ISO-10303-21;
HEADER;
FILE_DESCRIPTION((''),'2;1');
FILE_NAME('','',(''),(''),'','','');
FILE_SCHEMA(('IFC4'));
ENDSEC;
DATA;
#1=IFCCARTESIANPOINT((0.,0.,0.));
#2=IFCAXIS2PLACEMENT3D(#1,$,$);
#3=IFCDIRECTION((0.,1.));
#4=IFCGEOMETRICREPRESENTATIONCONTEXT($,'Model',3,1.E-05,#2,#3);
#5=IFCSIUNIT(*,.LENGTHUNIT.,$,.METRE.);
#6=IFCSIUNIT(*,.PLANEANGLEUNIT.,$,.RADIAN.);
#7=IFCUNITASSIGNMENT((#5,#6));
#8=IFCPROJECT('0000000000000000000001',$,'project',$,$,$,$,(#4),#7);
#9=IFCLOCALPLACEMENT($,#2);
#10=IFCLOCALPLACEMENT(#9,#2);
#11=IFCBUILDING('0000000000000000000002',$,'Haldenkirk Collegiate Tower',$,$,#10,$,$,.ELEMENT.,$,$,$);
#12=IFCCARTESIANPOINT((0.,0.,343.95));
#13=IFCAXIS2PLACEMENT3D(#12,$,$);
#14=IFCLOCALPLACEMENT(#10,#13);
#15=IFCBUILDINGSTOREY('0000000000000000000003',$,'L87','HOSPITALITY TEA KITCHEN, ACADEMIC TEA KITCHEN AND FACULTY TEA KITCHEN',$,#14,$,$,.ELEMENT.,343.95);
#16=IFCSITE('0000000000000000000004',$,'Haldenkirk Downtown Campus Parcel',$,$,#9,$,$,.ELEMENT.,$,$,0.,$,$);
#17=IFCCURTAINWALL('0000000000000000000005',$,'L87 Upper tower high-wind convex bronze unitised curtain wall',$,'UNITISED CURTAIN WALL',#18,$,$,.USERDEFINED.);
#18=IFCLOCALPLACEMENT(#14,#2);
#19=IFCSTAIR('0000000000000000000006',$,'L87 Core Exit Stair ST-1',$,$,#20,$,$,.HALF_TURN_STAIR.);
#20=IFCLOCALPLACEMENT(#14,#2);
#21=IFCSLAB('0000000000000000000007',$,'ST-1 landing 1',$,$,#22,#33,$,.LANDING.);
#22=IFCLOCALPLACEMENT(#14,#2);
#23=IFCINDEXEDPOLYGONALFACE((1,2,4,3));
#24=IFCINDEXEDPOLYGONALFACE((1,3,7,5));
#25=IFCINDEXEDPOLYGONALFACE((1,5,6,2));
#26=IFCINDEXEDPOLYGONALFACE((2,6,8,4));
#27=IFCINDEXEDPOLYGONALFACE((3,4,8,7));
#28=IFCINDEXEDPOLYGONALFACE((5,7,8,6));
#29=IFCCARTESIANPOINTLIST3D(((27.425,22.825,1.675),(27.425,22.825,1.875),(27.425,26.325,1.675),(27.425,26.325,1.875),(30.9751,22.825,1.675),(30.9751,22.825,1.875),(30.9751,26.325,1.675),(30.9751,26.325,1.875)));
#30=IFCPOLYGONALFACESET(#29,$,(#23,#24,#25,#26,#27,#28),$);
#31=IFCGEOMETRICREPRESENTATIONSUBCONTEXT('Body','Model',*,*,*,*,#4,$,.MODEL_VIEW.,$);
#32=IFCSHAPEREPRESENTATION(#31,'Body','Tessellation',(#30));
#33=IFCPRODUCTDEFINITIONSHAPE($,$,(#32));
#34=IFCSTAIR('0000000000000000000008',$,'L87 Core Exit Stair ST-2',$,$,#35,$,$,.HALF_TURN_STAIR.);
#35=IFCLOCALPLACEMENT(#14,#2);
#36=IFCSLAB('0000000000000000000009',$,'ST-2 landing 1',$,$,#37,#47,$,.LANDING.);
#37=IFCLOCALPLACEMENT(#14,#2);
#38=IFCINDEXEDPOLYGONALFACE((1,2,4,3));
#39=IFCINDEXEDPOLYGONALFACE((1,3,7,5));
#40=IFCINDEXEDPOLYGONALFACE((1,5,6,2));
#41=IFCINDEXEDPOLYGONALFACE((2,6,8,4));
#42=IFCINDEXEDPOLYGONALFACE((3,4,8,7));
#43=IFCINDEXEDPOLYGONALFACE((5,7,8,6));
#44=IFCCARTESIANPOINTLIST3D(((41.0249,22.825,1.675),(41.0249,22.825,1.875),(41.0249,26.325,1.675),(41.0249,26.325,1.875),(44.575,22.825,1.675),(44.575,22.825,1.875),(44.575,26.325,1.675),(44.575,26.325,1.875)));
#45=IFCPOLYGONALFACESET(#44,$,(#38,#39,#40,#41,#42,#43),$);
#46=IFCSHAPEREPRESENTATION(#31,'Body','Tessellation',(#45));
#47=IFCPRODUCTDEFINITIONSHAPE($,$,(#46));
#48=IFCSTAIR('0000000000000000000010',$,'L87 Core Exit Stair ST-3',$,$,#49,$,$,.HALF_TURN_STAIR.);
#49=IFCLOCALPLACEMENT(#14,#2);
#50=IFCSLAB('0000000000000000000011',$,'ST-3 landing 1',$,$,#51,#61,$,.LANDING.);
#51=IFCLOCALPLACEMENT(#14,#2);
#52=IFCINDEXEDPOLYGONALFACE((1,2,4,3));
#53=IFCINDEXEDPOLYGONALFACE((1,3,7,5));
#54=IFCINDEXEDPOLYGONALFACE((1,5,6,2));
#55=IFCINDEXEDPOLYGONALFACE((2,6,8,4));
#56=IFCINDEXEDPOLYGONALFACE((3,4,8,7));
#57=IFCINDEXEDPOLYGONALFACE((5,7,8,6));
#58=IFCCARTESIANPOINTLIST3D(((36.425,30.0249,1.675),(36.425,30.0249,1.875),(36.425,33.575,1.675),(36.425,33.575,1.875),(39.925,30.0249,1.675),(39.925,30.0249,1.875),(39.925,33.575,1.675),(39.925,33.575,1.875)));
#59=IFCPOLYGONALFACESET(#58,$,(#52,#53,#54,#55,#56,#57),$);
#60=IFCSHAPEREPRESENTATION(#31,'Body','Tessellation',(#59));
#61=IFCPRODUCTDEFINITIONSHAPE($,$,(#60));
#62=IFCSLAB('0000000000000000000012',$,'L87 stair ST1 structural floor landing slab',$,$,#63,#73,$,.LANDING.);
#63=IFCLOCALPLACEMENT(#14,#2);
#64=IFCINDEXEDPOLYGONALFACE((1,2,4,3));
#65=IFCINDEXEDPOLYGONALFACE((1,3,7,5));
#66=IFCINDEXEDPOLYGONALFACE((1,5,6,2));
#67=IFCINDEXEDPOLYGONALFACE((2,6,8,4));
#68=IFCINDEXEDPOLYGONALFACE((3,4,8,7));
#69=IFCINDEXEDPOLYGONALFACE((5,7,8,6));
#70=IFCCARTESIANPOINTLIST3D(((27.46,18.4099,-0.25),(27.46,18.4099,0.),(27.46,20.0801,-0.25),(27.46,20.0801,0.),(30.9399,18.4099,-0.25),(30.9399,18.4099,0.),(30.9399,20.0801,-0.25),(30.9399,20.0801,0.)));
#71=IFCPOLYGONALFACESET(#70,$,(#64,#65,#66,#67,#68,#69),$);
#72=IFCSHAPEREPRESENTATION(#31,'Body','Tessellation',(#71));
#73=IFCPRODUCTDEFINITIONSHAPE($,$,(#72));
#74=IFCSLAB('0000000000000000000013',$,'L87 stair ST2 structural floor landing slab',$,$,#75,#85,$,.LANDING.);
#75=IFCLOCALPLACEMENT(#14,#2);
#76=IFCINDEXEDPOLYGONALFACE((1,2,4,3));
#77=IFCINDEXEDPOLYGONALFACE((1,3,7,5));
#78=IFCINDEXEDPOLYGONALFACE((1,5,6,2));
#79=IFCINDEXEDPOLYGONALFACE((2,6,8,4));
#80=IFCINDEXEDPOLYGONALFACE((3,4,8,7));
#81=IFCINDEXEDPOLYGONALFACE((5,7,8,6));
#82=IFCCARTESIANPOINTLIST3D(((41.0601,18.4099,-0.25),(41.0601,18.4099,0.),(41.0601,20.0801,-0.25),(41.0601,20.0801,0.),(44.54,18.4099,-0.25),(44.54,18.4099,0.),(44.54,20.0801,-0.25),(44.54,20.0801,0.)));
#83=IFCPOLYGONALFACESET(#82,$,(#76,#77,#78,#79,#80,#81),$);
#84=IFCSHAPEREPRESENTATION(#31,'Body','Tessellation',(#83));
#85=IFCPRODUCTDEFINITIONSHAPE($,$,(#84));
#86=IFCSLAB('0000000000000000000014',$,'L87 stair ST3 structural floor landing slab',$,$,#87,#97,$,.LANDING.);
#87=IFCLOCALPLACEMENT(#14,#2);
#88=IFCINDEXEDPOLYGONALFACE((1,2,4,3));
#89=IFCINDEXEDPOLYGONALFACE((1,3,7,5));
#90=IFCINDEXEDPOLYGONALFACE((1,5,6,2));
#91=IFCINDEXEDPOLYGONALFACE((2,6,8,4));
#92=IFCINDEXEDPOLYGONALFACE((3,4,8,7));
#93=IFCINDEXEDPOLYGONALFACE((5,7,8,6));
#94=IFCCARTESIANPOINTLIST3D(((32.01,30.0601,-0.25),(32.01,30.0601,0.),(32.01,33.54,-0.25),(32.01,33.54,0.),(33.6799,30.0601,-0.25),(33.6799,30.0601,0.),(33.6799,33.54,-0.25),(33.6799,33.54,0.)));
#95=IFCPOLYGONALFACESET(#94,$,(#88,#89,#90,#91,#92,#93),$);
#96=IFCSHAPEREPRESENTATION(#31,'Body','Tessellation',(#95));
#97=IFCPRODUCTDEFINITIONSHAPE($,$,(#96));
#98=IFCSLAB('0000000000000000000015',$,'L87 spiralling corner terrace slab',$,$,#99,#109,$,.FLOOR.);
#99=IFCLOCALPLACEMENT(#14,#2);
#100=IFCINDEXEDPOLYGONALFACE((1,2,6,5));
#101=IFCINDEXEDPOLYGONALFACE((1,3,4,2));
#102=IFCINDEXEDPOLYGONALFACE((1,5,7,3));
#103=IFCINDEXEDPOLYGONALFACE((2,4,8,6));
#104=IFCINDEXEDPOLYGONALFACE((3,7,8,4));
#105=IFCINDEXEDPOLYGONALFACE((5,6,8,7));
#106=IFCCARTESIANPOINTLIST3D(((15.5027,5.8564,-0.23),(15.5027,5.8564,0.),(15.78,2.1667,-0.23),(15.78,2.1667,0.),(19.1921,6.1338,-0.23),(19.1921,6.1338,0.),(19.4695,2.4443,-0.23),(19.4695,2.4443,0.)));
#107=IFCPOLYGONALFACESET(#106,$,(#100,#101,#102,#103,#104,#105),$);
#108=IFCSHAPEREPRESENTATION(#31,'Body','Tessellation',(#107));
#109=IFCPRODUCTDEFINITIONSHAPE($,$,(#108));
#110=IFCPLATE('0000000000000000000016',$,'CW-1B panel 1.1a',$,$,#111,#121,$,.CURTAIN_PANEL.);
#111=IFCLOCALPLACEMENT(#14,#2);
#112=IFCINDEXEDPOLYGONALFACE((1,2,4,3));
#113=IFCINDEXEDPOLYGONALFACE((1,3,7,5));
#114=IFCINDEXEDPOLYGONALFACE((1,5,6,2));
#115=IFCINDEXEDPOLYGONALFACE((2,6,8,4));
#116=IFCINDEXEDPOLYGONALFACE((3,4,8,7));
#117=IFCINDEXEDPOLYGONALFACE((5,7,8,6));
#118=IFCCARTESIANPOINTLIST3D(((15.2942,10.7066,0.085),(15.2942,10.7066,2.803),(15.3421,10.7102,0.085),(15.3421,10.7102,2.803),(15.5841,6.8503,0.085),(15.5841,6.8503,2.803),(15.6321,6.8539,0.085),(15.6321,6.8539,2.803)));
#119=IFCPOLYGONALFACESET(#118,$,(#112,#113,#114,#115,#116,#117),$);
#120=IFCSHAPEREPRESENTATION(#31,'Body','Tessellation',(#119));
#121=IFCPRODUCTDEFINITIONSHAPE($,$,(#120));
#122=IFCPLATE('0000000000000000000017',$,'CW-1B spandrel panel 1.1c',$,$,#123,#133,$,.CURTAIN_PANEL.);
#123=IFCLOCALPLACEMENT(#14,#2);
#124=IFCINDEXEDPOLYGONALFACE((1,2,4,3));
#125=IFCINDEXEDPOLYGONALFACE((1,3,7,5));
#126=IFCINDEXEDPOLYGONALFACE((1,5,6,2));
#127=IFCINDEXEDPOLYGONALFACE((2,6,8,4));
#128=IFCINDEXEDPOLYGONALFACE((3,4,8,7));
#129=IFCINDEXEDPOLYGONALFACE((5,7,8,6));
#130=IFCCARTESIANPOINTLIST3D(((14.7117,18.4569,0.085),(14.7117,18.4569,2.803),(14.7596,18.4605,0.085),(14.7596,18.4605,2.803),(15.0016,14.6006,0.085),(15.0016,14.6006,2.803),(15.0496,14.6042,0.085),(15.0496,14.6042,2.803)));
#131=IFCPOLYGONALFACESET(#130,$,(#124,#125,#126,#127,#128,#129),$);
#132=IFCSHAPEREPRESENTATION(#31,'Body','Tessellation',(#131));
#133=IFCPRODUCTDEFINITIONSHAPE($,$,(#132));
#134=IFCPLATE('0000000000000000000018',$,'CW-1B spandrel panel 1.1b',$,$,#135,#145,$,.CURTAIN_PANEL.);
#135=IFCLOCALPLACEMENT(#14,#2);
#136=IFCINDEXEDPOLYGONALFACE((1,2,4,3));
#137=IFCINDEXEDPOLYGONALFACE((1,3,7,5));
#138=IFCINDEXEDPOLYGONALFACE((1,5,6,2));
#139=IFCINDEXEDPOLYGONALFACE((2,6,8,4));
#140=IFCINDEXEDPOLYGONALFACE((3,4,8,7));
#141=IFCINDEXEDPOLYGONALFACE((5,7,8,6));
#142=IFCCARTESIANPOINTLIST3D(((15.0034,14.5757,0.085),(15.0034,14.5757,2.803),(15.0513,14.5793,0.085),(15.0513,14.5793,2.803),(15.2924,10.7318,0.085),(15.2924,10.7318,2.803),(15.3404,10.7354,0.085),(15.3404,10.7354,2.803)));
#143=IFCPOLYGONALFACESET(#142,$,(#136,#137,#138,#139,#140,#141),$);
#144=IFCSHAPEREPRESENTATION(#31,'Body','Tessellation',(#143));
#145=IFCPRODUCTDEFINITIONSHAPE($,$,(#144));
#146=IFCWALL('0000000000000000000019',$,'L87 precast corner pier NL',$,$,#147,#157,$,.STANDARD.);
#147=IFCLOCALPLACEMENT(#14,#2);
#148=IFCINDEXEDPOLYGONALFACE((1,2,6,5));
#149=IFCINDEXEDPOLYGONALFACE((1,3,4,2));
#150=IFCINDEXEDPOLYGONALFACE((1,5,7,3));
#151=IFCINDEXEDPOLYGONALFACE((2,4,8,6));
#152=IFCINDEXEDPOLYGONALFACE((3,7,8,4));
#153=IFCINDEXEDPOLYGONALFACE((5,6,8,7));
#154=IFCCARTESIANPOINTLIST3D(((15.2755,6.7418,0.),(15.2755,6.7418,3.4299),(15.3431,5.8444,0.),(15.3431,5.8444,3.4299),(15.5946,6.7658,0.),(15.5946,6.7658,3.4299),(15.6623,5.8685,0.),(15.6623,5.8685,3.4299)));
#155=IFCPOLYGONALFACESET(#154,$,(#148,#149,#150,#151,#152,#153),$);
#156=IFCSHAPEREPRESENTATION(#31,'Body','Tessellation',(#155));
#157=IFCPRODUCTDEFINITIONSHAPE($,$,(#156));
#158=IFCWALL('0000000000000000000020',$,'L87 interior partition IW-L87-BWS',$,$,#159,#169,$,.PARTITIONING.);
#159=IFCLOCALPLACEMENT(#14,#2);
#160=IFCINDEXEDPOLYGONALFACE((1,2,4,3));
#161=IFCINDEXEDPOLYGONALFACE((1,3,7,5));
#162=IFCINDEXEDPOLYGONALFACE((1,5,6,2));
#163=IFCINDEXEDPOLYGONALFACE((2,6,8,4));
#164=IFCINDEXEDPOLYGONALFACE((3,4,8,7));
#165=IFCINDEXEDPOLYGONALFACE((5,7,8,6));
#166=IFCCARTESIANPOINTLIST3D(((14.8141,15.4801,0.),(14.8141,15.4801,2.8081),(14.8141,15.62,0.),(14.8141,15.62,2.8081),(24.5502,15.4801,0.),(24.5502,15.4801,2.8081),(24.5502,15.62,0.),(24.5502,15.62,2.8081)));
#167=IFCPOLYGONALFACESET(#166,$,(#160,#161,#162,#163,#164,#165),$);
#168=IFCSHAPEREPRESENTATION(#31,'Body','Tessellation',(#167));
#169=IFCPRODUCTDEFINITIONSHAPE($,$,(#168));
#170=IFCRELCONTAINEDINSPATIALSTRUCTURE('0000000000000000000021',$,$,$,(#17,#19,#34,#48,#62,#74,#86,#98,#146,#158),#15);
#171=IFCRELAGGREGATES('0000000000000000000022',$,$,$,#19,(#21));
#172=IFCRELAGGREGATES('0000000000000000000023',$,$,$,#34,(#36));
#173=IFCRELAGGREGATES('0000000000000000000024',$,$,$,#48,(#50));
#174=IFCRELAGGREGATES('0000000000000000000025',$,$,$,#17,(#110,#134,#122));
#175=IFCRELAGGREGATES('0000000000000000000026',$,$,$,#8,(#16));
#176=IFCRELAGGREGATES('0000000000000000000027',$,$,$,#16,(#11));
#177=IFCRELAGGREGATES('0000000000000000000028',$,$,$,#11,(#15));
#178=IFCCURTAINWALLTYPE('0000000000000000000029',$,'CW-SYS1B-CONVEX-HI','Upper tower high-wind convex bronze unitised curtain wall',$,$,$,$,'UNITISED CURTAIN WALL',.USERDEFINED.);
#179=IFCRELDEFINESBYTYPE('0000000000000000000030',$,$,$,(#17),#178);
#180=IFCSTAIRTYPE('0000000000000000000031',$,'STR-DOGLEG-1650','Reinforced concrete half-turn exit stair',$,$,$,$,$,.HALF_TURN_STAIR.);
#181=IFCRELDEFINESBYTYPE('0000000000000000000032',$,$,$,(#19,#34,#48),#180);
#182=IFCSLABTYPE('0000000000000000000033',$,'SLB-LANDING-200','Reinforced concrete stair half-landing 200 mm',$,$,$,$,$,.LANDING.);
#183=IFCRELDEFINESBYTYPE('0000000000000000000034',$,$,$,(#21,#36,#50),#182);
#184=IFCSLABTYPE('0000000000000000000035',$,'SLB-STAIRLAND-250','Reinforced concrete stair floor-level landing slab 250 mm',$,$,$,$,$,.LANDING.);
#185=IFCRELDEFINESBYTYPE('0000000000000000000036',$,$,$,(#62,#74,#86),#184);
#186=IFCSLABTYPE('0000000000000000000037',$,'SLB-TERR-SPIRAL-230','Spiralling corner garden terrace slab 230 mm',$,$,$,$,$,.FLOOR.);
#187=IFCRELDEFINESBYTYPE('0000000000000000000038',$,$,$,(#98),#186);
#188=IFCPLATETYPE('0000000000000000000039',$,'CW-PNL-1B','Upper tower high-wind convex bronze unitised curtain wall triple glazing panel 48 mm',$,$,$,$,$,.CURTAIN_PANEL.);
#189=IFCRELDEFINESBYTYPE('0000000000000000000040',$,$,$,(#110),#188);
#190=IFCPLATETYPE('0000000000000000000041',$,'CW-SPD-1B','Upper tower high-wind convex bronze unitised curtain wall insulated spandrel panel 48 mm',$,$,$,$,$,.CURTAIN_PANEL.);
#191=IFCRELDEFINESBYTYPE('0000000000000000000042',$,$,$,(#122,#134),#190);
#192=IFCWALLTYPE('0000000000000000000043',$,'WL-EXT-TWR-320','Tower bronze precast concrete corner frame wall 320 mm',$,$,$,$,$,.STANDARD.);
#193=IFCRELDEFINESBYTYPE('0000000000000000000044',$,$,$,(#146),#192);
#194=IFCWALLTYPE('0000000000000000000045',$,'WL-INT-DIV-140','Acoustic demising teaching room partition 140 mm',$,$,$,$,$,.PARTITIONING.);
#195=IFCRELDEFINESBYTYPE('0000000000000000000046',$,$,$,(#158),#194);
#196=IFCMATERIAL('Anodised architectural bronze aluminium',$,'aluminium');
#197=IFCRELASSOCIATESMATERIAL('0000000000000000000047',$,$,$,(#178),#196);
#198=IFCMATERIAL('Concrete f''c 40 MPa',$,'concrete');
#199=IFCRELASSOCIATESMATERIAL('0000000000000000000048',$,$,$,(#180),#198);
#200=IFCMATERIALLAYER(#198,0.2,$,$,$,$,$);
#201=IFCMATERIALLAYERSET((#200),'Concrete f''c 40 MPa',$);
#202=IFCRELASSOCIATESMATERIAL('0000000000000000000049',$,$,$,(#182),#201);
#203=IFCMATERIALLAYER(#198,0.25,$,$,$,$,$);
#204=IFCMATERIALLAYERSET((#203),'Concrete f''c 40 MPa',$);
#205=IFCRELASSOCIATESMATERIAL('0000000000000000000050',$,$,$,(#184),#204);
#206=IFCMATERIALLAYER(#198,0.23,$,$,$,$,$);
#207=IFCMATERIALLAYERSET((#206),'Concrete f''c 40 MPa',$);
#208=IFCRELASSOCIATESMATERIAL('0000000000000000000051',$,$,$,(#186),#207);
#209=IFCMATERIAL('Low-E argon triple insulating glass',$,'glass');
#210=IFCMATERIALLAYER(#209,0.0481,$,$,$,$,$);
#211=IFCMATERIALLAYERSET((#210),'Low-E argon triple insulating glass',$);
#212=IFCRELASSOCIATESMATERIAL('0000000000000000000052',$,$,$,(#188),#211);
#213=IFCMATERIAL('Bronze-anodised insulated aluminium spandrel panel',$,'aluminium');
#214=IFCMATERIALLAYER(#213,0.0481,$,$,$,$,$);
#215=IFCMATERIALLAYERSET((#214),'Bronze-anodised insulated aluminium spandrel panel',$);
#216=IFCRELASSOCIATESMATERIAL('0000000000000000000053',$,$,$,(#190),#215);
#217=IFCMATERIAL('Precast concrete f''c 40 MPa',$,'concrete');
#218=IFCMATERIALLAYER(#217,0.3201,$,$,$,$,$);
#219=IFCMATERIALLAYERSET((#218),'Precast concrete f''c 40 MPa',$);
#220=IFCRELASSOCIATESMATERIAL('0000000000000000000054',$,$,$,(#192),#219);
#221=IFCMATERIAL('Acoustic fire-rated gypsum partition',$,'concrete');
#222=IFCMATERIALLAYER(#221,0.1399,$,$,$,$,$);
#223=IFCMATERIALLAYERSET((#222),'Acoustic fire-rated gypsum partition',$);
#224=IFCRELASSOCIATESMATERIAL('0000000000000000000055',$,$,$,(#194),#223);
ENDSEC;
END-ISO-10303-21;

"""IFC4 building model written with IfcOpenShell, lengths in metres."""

from ifc_helpers import new_model, si_unit, direction, frame, frame_2d, origin, origin_2d, place, context, subcontext, project, spatial, polyline, rectangle, outline, extrude, source, transform, mapped, material, layer, layer_set, type_object, element, aggregate, save


model = new_model("IFC4")

# Units and contexts
model_context = context("Model", 3, precision=1e-05, world=origin(), true_north=direction((0.0, 1.0)))
body_context = subcontext(model_context, "Body", "Model", "MODEL_VIEW")
ifc_project = project(units=[si_unit("LENGTHUNIT", "METRE"), si_unit("PLANEANGLEUNIT", "RADIAN")], contexts=[model_context])

# Site, building, storey
site_placement = place(None, origin())
site = spatial("IfcSite", under=ifc_project, at=site_placement, Name="Haldenkirk Downtown Campus Parcel", CompositionType="ELEMENT", RefElevation=0.0)
building_placement = place(site_placement, origin())
building = spatial("IfcBuilding", under=site, at=building_placement, Name="Haldenkirk Collegiate Tower", CompositionType="ELEMENT")
storey_placement = place(building_placement, frame((0.0, 0.0, 343.95)))
storey = spatial("IfcBuildingStorey", under=building, at=storey_placement, Name="L87", Description="HOSPITALITY TEA KITCHEN, ACADEMIC TEA KITCHEN AND FACULTY TEA KITCHEN", CompositionType="ELEMENT", Elevation=343.95)

# Curtain wall
ifc_material_1 = material(Name="Anodised architectural bronze aluminium", Category="aluminium")
curtain_wall_type = type_object("IfcCurtainWallType", Name="CW-SYS1B-CONVEX-HI", Description="Upper tower high-wind convex bronze unitised curtain wall", ElementType="UNITISED CURTAIN WALL", PredefinedType="USERDEFINED", material=ifc_material_1)
curtain_wall_placement = place(storey_placement, origin())
curtain_wall = element("IfcCurtainWall", 1, at=curtain_wall_placement, inside=storey, type_object=curtain_wall_type, Name="L87 Upper tower high-wind convex bronze unitised curtain wall", ObjectType="UNITISED CURTAIN WALL", PredefinedType="USERDEFINED")

# Shared definitions
ifc_material_2 = material(Name="Concrete f'c 40 MPa", Category="concrete")

# Stairs, slabs
stair_type = type_object("IfcStairType", Name="STR-DOGLEG-1650", Description="Reinforced concrete half-turn exit stair", PredefinedType="HALF_TURN_STAIR", material=ifc_material_2)
stair_1_placement = place(storey_placement, origin())
stair_1 = element("IfcStair", 2, at=stair_1_placement, inside=storey, type_object=stair_type, Name="L87 Core Exit Stair ST-1", PredefinedType="HALF_TURN_STAIR")
ifc_layer_1 = layer(ifc_material_2, 0.2)
ifc_layer_set_1 = layer_set([ifc_layer_1], Name="Concrete f'c 40 MPa")
slab_type_1 = type_object("IfcSlabType", Name="SLB-LANDING-200", Description="Reinforced concrete stair half-landing 200 mm", PredefinedType="LANDING", material=ifc_layer_set_1)
slab_1_placement = place(storey_placement, frame((0.0, 0.0, 1.675)))
slab_1 = element("IfcSlab", 3, at=slab_1_placement, type_object=slab_type_1, Name="ST-1 landing 1", PredefinedType="LANDING", context=body_context, shape_type="SweptSolid", body=[
    extrude(outline(polyline([(30.9751, 22.825), (27.425, 22.825), (27.425, 26.325), (30.9751, 26.325), (30.9751, 22.825)])), origin(), (0.0, 0.0, 1.0), 0.2),
])
aggregate(stair_1, [slab_1])
stair_2_placement = place(storey_placement, origin())
stair_2 = element("IfcStair", 4, at=stair_2_placement, inside=storey, type_object=stair_type, Name="L87 Core Exit Stair ST-2", PredefinedType="HALF_TURN_STAIR")
slab_2_placement = place(storey_placement, frame((0.0, 0.0, 1.675)))
slab_2 = element("IfcSlab", 5, at=slab_2_placement, type_object=slab_type_1, Name="ST-2 landing 1", PredefinedType="LANDING", context=body_context, shape_type="SweptSolid", body=[
    extrude(outline(polyline([(44.575, 22.825), (41.0249, 22.825), (41.0249, 26.325), (44.575, 26.325), (44.575, 22.825)])), origin(), (0.0, 0.0, 1.0), 0.2),
])
aggregate(stair_2, [slab_2])
stair_3_placement = place(storey_placement, origin())
stair_3 = element("IfcStair", 6, at=stair_3_placement, inside=storey, type_object=stair_type, Name="L87 Core Exit Stair ST-3", PredefinedType="HALF_TURN_STAIR")
slab_3_placement = place(storey_placement, frame((0.0, 0.0, 1.675)))
slab_3 = element("IfcSlab", 7, at=slab_3_placement, type_object=slab_type_1, Name="ST-3 landing 1", PredefinedType="LANDING", context=body_context, shape_type="SweptSolid", body=[
    extrude(outline(polyline([(36.425, 30.0249), (36.425, 33.575), (39.925, 33.575), (39.925, 30.0249), (36.425, 30.0249)])), origin(), (0.0, 0.0, 1.0), 0.2),
])
aggregate(stair_3, [slab_3])

# Slabs
ifc_layer_2 = layer(ifc_material_2, 0.25)
ifc_layer_set_2 = layer_set([ifc_layer_2], Name="Concrete f'c 40 MPa")
slab_type_2 = type_object("IfcSlabType", Name="SLB-STAIRLAND-250", Description="Reinforced concrete stair floor-level landing slab 250 mm", PredefinedType="LANDING", material=ifc_layer_set_2)
slab_4_placement = place(storey_placement, frame((0.0, 0.0, -0.25)))
element("IfcSlab", 8, at=slab_4_placement, inside=storey, type_object=slab_type_2, Name="L87 stair ST1 structural floor landing slab", PredefinedType="LANDING", context=body_context, shape_type="SweptSolid", body=[
    extrude(outline(polyline([(27.46, 18.4099), (30.9399, 18.4099), (30.9399, 20.0801), (27.46, 20.0801), (27.46, 18.4099)])), origin(), (0.0, 0.0, 1.0), 0.25),
])
slab_5_placement = place(storey_placement, frame((0.0, 0.0, -0.25)))
element("IfcSlab", 9, at=slab_5_placement, inside=storey, type_object=slab_type_2, Name="L87 stair ST2 structural floor landing slab", PredefinedType="LANDING", context=body_context, shape_type="SweptSolid", body=[
    extrude(outline(polyline([(41.0601, 18.4099), (44.54, 18.4099), (44.54, 20.0801), (41.0601, 20.0801), (41.0601, 18.4099)])), origin(), (0.0, 0.0, 1.0), 0.25),
])
slab_6_placement = place(storey_placement, frame((0.0, 0.0, -0.25)))
element("IfcSlab", 10, at=slab_6_placement, inside=storey, type_object=slab_type_2, Name="L87 stair ST3 structural floor landing slab", PredefinedType="LANDING", context=body_context, shape_type="SweptSolid", body=[
    extrude(outline(polyline([(32.01, 30.0601), (33.6799, 30.0601), (33.6799, 33.54), (32.01, 33.54), (32.01, 30.0601)])), origin(), (0.0, 0.0, 1.0), 0.25),
])
ifc_layer_3 = layer(ifc_material_2, 0.23)
ifc_layer_set_3 = layer_set([ifc_layer_3], Name="Concrete f'c 40 MPa")
slab_type_3 = type_object("IfcSlabType", Name="SLB-TERR-SPIRAL-230", Description="Spiralling corner garden terrace slab 230 mm", PredefinedType="FLOOR", material=ifc_layer_set_3)
slab_7_placement = place(storey_placement, frame((0.0, 0.0, -0.23)))
element("IfcSlab", 11, at=slab_7_placement, inside=storey, type_object=slab_type_3, Name="L87 spiralling corner terrace slab", PredefinedType="FLOOR", context=body_context, shape_type="SweptSolid", body=[
    extrude(outline(polyline([(19.4695, 2.4443), (19.1921, 6.1338), (15.5027, 5.8564), (15.78, 2.1667), (19.4695, 2.4443)])), origin(), (0.0, 0.0, 1.0), 0.23),
])

# Plates
ifc_material_3 = material(Name="Low-E argon triple insulating glass", Category="glass")
ifc_layer_4 = layer(ifc_material_3, 0.0481)
ifc_layer_set_4 = layer_set([ifc_layer_4], Name="Low-E argon triple insulating glass")
plate_type_1 = type_object("IfcPlateType", Name="CW-PNL-1B", Description="Upper tower high-wind convex bronze unitised curtain wall triple glazing panel 48 mm", PredefinedType="CURTAIN_PANEL", material=ifc_layer_set_4)
shared_shape_1 = source(origin(), body_context, "Body", "SweptSolid", [
    extrude(rectangle(XDim=3.8672, YDim=0.0481, at=origin_2d()), origin(), (0.0, 0.0, 1.0), 2.718),
])
plate_1_placement = place(storey_placement, frame((15.4631, 8.7803, 0.085), z_axis=(0.0, 0.0, 1.0), x_axis=(-0.074977, 0.997185, 0.0)))
plate_1 = element("IfcPlate", 12, at=plate_1_placement, type_object=plate_type_1, Name="CW-1B panel 1.1a", PredefinedType="CURTAIN_PANEL", context=body_context, shape_type="MappedRepresentation", body=[
    mapped(shared_shape_1, transform((0.0, 0.0, 0.0), x_axis=(1.0, 0.0, 0.0), y_axis=(0.0, 1.0, 0.0), z_axis=(0.0, 0.0, 1.0), scale=1.0)),
])
ifc_material_4 = material(Name="Bronze-anodised insulated aluminium spandrel panel", Category="aluminium")
ifc_layer_5 = layer(ifc_material_4, 0.0481)
ifc_layer_set_5 = layer_set([ifc_layer_5], Name="Bronze-anodised insulated aluminium spandrel panel")
plate_type_2 = type_object("IfcPlateType", Name="CW-SPD-1B", Description="Upper tower high-wind convex bronze unitised curtain wall insulated spandrel panel 48 mm", PredefinedType="CURTAIN_PANEL", material=ifc_layer_set_5)
plate_2_placement = place(storey_placement, frame((14.8806, 16.5305, 0.085), z_axis=(0.0, 0.0, 1.0), x_axis=(-0.074977, 0.997185, 0.0)))
plate_2 = element("IfcPlate", 13, at=plate_2_placement, type_object=plate_type_2, Name="CW-1B spandrel panel 1.1c", PredefinedType="CURTAIN_PANEL", context=body_context, shape_type="MappedRepresentation", body=[
    mapped(shared_shape_1, transform((0.0, 0.0, 0.0), x_axis=(1.0, 0.0, 0.0), y_axis=(0.0, 1.0, 0.0), z_axis=(0.0, 0.0, 1.0), scale=1.0)),
])
shared_shape_2 = source(origin(), body_context, "Body", "SweptSolid", [
    extrude(rectangle(XDim=3.8547, YDim=0.0481, at=origin_2d()), origin(), (0.0, 0.0, 1.0), 2.718),
])
plate_3_placement = place(storey_placement, frame((15.1719, 12.6555, 0.085), z_axis=(0.0, 0.0, 1.0), x_axis=(-0.074977, 0.997185, 0.0)))
plate_3 = element("IfcPlate", 14, at=plate_3_placement, type_object=plate_type_2, Name="CW-1B spandrel panel 1.1b", PredefinedType="CURTAIN_PANEL", context=body_context, shape_type="MappedRepresentation", body=[
    mapped(shared_shape_2, transform((0.0, 0.0, 0.0), x_axis=(1.0, 0.0, 0.0), y_axis=(0.0, 1.0, 0.0), z_axis=(0.0, 0.0, 1.0), scale=1.0)),
])
aggregate(curtain_wall, [plate_1, plate_3, plate_2])

# Walls
ifc_material_5 = material(Name="Precast concrete f'c 40 MPa", Category="concrete")
ifc_layer_6 = layer(ifc_material_5, 0.3201)
ifc_layer_set_6 = layer_set([ifc_layer_6], Name="Precast concrete f'c 40 MPa")
wall_type_1 = type_object("IfcWallType", Name="WL-EXT-TWR-320", Description="Tower bronze precast concrete corner frame wall 320 mm", PredefinedType="STANDARD", material=ifc_layer_set_6)
wall_1_placement = place(storey_placement, frame((15.5027, 5.8564, 0.0), z_axis=(0.0, 0.0, 1.0), x_axis=(-0.075141, 0.997173, 0.0)))
element("IfcWall", 15, at=wall_1_placement, inside=storey, type_object=wall_type_1, Name="L87 precast corner pier NL", PredefinedType="STANDARD", context=body_context, shape_type="SweptSolid", body=[
    extrude(rectangle(XDim=0.8999, YDim=0.3201, at=frame_2d((0.45, 0.0))), origin(), (0.0, 0.0, 1.0), 3.4299),
])
ifc_material_6 = material(Name="Acoustic fire-rated gypsum partition", Category="concrete")
ifc_layer_7 = layer(ifc_material_6, 0.1399)
ifc_layer_set_7 = layer_set([ifc_layer_7], Name="Acoustic fire-rated gypsum partition")
wall_type_2 = type_object("IfcWallType", Name="WL-INT-DIV-140", Description="Acoustic demising teaching room partition 140 mm", PredefinedType="PARTITIONING", material=ifc_layer_set_7)
wall_2_placement = place(storey_placement, frame((14.814, 15.55, 0.0), z_axis=(0.0, 0.0, 1.0), x_axis=(1.0, 0.0, 0.0)))
element("IfcWall", 16, at=wall_2_placement, inside=storey, type_object=wall_type_2, Name="L87 interior partition IW-L87-BWS", PredefinedType="PARTITIONING", context=body_context, shape_type="SweptSolid", body=[
    extrude(rectangle(XDim=9.7361, YDim=0.1399, at=frame_2d((4.8682, 0.0))), origin(), (0.0, 0.0, 1.0), 2.8081),
])

save(model, "model.ifc")
